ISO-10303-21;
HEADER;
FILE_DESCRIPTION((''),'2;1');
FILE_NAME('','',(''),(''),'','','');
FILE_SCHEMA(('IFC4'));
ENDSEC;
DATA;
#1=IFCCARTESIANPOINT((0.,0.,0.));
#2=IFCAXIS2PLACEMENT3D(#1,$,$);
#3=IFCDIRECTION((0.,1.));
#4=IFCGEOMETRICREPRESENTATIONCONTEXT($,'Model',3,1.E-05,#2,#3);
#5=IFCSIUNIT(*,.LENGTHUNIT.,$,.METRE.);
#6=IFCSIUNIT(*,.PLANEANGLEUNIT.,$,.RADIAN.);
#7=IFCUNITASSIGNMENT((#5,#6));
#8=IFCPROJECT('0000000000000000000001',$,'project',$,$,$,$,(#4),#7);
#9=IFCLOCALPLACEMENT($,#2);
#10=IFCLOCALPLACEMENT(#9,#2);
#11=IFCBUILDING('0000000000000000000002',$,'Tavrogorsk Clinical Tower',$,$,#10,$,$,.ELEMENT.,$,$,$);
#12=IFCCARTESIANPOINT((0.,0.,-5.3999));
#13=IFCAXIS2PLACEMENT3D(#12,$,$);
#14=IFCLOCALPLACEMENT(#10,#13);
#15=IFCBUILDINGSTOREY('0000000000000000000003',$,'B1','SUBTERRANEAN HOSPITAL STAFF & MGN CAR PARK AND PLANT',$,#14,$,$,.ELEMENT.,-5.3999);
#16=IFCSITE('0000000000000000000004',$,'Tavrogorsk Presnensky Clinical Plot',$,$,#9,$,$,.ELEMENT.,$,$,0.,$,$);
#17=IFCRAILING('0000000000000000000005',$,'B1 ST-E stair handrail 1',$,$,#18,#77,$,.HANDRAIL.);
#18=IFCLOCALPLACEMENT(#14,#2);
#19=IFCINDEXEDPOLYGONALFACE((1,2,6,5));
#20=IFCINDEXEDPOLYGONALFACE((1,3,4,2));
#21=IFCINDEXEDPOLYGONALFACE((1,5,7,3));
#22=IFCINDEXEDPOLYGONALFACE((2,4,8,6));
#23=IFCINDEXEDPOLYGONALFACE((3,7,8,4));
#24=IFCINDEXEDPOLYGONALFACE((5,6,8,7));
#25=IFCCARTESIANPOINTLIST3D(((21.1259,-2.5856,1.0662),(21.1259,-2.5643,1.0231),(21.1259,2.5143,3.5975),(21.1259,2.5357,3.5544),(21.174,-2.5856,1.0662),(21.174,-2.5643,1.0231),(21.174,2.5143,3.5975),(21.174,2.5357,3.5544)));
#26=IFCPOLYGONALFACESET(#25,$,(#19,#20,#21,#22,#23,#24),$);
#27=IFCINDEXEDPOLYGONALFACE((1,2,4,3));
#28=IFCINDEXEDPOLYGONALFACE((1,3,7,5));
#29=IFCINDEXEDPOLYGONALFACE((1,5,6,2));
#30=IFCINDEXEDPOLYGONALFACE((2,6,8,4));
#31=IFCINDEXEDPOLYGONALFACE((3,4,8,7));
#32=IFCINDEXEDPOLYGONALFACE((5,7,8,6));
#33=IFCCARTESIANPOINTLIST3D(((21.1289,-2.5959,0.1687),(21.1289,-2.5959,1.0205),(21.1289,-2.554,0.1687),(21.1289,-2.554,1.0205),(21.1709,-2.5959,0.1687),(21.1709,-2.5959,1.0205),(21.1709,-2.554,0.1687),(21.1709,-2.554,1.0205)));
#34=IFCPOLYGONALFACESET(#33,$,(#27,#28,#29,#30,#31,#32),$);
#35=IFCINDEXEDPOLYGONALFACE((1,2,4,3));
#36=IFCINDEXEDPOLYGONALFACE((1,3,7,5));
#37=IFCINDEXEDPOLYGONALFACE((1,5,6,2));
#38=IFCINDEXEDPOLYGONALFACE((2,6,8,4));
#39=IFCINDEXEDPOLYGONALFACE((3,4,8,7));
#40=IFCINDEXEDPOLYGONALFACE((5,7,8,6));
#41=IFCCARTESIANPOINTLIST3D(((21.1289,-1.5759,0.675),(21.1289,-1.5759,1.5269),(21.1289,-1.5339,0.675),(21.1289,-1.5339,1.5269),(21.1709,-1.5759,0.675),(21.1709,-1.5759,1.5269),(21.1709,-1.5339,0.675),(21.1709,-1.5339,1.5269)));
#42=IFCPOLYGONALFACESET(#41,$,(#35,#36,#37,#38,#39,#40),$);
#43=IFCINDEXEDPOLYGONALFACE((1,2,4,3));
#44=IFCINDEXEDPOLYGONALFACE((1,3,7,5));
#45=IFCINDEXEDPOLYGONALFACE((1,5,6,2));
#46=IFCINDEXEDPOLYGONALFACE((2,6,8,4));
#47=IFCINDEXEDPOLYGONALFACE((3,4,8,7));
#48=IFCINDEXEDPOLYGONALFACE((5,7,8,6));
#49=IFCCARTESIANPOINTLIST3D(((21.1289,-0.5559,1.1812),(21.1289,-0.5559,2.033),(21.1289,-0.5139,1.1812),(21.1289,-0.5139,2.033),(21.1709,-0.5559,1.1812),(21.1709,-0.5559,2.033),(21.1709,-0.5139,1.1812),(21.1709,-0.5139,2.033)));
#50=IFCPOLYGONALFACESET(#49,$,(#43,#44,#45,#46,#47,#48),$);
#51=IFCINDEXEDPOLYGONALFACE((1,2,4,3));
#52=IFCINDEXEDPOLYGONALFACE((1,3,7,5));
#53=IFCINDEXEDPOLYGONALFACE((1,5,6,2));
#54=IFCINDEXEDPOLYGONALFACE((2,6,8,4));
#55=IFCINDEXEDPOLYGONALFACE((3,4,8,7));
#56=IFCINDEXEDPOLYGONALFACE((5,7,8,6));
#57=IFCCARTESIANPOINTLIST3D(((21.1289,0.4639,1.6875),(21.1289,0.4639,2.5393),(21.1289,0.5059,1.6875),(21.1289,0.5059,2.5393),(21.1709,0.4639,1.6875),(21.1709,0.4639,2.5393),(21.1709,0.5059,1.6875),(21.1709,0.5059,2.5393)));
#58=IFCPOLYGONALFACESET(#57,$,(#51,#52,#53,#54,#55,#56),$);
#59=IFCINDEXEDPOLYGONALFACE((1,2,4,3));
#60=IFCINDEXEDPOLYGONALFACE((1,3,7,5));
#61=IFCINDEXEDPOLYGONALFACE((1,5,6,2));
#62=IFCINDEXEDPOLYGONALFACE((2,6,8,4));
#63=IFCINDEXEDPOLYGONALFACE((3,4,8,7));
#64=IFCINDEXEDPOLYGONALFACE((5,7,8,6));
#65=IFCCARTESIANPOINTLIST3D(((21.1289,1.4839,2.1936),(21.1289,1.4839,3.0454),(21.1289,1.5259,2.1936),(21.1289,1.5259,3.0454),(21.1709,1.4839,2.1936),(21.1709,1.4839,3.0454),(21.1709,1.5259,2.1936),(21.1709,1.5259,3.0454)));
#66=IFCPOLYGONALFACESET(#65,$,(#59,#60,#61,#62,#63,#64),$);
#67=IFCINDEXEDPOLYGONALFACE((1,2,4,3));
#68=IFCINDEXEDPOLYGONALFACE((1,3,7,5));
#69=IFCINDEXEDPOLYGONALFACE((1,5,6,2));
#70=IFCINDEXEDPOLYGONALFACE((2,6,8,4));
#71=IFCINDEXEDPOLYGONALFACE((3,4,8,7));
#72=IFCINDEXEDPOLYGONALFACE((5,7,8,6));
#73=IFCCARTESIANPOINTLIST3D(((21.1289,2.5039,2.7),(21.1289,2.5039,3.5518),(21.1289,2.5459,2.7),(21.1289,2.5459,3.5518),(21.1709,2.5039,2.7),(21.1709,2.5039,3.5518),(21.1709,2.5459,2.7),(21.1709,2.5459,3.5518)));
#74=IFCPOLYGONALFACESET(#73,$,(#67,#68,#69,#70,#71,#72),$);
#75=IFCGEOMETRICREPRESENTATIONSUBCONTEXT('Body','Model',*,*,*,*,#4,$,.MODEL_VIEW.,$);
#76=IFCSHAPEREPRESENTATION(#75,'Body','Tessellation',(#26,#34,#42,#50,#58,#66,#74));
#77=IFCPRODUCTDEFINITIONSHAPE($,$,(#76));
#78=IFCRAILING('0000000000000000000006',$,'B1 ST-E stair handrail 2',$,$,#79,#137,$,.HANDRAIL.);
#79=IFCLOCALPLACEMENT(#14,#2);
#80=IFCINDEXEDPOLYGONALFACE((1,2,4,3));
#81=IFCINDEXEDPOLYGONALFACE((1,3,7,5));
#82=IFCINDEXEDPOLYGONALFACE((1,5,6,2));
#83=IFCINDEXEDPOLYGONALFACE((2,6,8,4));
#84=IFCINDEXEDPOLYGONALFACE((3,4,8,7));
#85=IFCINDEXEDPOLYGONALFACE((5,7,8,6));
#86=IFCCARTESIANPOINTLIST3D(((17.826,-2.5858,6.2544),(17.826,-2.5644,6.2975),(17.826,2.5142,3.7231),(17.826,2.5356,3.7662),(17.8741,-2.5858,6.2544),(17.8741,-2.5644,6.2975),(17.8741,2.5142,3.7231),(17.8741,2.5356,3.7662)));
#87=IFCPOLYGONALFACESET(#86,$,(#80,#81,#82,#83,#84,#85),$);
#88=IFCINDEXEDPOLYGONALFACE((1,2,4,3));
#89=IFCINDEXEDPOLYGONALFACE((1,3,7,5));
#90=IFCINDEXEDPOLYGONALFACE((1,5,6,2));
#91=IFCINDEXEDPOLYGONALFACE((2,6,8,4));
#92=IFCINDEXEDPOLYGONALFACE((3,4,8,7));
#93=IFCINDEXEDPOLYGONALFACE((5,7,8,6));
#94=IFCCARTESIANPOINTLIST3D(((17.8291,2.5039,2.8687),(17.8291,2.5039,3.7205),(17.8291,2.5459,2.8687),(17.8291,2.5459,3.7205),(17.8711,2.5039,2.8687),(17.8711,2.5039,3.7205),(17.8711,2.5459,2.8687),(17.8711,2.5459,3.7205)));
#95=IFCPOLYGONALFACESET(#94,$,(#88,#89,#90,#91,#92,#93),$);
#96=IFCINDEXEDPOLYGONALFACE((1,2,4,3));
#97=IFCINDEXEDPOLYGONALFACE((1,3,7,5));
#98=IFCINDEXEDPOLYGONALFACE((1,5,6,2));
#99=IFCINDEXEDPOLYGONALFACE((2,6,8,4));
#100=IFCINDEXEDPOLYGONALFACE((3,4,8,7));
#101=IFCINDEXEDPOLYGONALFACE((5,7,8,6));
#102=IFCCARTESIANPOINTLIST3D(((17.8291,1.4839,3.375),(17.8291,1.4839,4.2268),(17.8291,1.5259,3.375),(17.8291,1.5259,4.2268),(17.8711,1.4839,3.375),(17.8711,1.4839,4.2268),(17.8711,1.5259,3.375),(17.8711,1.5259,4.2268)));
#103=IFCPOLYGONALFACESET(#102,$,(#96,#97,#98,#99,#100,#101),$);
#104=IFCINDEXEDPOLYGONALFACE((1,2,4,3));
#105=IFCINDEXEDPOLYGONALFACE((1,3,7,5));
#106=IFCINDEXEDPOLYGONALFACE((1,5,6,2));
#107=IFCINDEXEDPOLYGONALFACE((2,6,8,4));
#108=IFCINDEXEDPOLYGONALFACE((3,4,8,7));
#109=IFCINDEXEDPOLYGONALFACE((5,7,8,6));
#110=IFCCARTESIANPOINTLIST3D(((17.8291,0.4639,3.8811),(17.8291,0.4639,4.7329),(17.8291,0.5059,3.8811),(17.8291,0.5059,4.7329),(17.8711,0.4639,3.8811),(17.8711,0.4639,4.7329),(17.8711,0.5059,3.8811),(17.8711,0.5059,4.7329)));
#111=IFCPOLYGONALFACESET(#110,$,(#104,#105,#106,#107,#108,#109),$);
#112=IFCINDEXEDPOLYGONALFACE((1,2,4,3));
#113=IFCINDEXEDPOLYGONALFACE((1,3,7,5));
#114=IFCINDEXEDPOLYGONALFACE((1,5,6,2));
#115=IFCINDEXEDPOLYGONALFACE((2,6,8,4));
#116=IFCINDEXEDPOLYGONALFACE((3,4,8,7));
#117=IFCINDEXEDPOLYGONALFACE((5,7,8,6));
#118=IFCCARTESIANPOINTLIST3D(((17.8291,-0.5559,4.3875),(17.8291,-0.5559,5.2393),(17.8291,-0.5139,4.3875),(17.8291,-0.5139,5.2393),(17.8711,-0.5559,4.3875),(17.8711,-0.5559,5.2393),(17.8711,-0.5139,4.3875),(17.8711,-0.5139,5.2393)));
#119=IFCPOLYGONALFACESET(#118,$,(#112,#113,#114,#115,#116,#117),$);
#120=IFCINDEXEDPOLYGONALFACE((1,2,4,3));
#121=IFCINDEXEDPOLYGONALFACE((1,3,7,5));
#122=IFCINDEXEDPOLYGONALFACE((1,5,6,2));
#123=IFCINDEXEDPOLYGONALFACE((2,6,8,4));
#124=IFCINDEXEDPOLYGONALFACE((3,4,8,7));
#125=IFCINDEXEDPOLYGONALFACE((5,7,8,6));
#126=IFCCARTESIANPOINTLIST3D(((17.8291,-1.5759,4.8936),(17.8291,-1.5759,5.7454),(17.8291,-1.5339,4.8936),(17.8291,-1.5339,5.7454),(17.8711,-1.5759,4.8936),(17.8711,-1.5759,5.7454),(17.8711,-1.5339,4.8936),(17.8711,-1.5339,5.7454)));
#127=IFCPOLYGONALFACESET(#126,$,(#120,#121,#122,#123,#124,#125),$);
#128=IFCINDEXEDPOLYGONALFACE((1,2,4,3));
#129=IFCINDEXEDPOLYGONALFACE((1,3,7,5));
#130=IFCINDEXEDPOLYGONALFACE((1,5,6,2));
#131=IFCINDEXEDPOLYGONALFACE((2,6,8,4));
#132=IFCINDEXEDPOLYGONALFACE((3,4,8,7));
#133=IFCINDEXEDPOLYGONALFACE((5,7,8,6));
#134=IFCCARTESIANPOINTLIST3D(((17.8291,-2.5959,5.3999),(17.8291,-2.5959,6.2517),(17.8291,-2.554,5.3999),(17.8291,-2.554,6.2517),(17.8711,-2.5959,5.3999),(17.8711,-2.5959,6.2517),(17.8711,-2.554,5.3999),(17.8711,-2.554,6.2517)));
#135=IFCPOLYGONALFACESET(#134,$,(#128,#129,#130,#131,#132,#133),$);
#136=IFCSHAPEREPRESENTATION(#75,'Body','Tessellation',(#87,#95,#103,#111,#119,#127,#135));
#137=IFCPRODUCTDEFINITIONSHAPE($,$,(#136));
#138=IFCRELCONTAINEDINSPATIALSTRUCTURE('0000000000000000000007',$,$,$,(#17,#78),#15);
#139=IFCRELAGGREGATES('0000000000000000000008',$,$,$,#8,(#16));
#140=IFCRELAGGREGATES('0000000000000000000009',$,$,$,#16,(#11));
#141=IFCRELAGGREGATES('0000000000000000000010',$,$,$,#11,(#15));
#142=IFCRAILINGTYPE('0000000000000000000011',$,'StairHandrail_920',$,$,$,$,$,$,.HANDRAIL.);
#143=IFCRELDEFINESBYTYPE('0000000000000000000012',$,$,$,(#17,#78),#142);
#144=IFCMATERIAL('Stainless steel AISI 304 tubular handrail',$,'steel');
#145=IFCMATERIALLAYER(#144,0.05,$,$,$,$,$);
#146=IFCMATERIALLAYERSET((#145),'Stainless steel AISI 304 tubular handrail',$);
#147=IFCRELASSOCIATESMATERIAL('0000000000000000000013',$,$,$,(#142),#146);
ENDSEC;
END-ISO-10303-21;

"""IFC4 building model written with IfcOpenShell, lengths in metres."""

from ifc_helpers import new_model, si_unit, direction, frame, origin, origin_2d, place, context, subcontext, project, spatial, rectangle, extrude, material, layer, layer_set, type_object, element, save


model = new_model("IFC4")

# Units and contexts
model_context = context("Model", 3, precision=1e-05, world=origin(), true_north=direction((0.0, 1.0)))
body_context = subcontext(model_context, "Body", "Model", "MODEL_VIEW")
ifc_project = project(units=[si_unit("LENGTHUNIT", "METRE"), si_unit("PLANEANGLEUNIT", "RADIAN")], contexts=[model_context])

# Site, building, storey
site_placement = place(None, origin())
site = spatial("IfcSite", under=ifc_project, at=site_placement, Name="Tavrogorsk Presnensky Clinical Plot", CompositionType="ELEMENT", RefElevation=0.0)
building_placement = place(site_placement, origin())
building = spatial("IfcBuilding", under=site, at=building_placement, Name="Tavrogorsk Clinical Tower", CompositionType="ELEMENT")
storey_placement = place(building_placement, frame((0.0, 0.0, -5.3999)))
storey = spatial("IfcBuildingStorey", under=building, at=storey_placement, Name="B1", Description="SUBTERRANEAN HOSPITAL STAFF & MGN CAR PARK AND PLANT", CompositionType="ELEMENT", Elevation=-5.3999)

# Railings
ifc_material_1 = material(Name="Stainless steel AISI 304 tubular handrail", Category="steel")
ifc_layer_1 = layer(ifc_material_1, 0.05)
ifc_layer_set_1 = layer_set([ifc_layer_1], Name="Stainless steel AISI 304 tubular handrail")
railing_type_1 = type_object("IfcRailingType", Name="StairHandrail_920", PredefinedType="HANDRAIL", material=ifc_layer_set_1)
railing_1_placement = place(storey_placement, frame((21.1499, -2.575, 0.1687)))
element("IfcRailing", 1, at=railing_1_placement, inside=storey, type_object=railing_type_1, Name="B1 ST-E stair handrail 1", PredefinedType="HANDRAIL", context=body_context, shape_type="SweptSolid", body=[
    extrude(rectangle(XDim=0.0481, YDim=0.0481, at=origin_2d()), frame((0.0, 0.0, 0.876), z_axis=(0.0, 0.895735, 0.444587), x_axis=(-1.0, 0.0, 0.0)), (0.0, 0.0, 1.0), 5.6936),
    extrude(rectangle(XDim=0.042, YDim=0.042, at=origin_2d()), origin(), (0.0, 0.0, 1.0), 0.8518),
    extrude(rectangle(XDim=0.042, YDim=0.042, at=origin_2d()), frame((0.0, 1.02, 0.5063)), (0.0, 0.0, 1.0), 0.8518),
    extrude(rectangle(XDim=0.042, YDim=0.042, at=origin_2d()), frame((0.0, 2.04, 1.0125)), (0.0, 0.0, 1.0), 0.8518),
    extrude(rectangle(XDim=0.042, YDim=0.042, at=origin_2d()), frame((0.0, 3.0598, 1.5188)), (0.0, 0.0, 1.0), 0.8518),
    extrude(rectangle(XDim=0.042, YDim=0.042, at=origin_2d()), frame((0.0, 4.0798, 2.0249)), (0.0, 0.0, 1.0), 0.8518),
    extrude(rectangle(XDim=0.042, YDim=0.042, at=origin_2d()), frame((0.0, 5.0999, 2.5312)), (0.0, 0.0, 1.0), 0.8518),
])
railing_2_placement = place(storey_placement, frame((17.8501, 2.5249, 2.8687)))
element("IfcRailing", 2, at=railing_2_placement, inside=storey, type_object=railing_type_1, Name="B1 ST-E stair handrail 2", PredefinedType="HANDRAIL", context=body_context, shape_type="SweptSolid", body=[
    extrude(rectangle(XDim=0.0481, YDim=0.0481, at=origin_2d()), frame((0.0, 0.0, 0.876), z_axis=(0.0, -0.895735, 0.444587), x_axis=(1.0, 0.0, 0.0)), (0.0, 0.0, 1.0), 5.6936),
    extrude(rectangle(XDim=0.042, YDim=0.042, at=origin_2d()), origin(), (0.0, 0.0, 1.0), 0.8518),
    extrude(rectangle(XDim=0.042, YDim=0.042, at=origin_2d()), frame((0.0, -1.02, 0.5063)), (0.0, 0.0, 1.0), 0.8518),
    extrude(rectangle(XDim=0.042, YDim=0.042, at=origin_2d()), frame((0.0, -2.04, 1.0125)), (0.0, 0.0, 1.0), 0.8518),
    extrude(rectangle(XDim=0.042, YDim=0.042, at=origin_2d()), frame((0.0, -3.0598, 1.5188)), (0.0, 0.0, 1.0), 0.8518),
    extrude(rectangle(XDim=0.042, YDim=0.042, at=origin_2d()), frame((0.0, -4.0798, 2.0249)), (0.0, 0.0, 1.0), 0.8518),
    extrude(rectangle(XDim=0.042, YDim=0.042, at=origin_2d()), frame((0.0, -5.0999, 2.5312)), (0.0, 0.0, 1.0), 0.8518),
])

save(model, "model.ifc")
